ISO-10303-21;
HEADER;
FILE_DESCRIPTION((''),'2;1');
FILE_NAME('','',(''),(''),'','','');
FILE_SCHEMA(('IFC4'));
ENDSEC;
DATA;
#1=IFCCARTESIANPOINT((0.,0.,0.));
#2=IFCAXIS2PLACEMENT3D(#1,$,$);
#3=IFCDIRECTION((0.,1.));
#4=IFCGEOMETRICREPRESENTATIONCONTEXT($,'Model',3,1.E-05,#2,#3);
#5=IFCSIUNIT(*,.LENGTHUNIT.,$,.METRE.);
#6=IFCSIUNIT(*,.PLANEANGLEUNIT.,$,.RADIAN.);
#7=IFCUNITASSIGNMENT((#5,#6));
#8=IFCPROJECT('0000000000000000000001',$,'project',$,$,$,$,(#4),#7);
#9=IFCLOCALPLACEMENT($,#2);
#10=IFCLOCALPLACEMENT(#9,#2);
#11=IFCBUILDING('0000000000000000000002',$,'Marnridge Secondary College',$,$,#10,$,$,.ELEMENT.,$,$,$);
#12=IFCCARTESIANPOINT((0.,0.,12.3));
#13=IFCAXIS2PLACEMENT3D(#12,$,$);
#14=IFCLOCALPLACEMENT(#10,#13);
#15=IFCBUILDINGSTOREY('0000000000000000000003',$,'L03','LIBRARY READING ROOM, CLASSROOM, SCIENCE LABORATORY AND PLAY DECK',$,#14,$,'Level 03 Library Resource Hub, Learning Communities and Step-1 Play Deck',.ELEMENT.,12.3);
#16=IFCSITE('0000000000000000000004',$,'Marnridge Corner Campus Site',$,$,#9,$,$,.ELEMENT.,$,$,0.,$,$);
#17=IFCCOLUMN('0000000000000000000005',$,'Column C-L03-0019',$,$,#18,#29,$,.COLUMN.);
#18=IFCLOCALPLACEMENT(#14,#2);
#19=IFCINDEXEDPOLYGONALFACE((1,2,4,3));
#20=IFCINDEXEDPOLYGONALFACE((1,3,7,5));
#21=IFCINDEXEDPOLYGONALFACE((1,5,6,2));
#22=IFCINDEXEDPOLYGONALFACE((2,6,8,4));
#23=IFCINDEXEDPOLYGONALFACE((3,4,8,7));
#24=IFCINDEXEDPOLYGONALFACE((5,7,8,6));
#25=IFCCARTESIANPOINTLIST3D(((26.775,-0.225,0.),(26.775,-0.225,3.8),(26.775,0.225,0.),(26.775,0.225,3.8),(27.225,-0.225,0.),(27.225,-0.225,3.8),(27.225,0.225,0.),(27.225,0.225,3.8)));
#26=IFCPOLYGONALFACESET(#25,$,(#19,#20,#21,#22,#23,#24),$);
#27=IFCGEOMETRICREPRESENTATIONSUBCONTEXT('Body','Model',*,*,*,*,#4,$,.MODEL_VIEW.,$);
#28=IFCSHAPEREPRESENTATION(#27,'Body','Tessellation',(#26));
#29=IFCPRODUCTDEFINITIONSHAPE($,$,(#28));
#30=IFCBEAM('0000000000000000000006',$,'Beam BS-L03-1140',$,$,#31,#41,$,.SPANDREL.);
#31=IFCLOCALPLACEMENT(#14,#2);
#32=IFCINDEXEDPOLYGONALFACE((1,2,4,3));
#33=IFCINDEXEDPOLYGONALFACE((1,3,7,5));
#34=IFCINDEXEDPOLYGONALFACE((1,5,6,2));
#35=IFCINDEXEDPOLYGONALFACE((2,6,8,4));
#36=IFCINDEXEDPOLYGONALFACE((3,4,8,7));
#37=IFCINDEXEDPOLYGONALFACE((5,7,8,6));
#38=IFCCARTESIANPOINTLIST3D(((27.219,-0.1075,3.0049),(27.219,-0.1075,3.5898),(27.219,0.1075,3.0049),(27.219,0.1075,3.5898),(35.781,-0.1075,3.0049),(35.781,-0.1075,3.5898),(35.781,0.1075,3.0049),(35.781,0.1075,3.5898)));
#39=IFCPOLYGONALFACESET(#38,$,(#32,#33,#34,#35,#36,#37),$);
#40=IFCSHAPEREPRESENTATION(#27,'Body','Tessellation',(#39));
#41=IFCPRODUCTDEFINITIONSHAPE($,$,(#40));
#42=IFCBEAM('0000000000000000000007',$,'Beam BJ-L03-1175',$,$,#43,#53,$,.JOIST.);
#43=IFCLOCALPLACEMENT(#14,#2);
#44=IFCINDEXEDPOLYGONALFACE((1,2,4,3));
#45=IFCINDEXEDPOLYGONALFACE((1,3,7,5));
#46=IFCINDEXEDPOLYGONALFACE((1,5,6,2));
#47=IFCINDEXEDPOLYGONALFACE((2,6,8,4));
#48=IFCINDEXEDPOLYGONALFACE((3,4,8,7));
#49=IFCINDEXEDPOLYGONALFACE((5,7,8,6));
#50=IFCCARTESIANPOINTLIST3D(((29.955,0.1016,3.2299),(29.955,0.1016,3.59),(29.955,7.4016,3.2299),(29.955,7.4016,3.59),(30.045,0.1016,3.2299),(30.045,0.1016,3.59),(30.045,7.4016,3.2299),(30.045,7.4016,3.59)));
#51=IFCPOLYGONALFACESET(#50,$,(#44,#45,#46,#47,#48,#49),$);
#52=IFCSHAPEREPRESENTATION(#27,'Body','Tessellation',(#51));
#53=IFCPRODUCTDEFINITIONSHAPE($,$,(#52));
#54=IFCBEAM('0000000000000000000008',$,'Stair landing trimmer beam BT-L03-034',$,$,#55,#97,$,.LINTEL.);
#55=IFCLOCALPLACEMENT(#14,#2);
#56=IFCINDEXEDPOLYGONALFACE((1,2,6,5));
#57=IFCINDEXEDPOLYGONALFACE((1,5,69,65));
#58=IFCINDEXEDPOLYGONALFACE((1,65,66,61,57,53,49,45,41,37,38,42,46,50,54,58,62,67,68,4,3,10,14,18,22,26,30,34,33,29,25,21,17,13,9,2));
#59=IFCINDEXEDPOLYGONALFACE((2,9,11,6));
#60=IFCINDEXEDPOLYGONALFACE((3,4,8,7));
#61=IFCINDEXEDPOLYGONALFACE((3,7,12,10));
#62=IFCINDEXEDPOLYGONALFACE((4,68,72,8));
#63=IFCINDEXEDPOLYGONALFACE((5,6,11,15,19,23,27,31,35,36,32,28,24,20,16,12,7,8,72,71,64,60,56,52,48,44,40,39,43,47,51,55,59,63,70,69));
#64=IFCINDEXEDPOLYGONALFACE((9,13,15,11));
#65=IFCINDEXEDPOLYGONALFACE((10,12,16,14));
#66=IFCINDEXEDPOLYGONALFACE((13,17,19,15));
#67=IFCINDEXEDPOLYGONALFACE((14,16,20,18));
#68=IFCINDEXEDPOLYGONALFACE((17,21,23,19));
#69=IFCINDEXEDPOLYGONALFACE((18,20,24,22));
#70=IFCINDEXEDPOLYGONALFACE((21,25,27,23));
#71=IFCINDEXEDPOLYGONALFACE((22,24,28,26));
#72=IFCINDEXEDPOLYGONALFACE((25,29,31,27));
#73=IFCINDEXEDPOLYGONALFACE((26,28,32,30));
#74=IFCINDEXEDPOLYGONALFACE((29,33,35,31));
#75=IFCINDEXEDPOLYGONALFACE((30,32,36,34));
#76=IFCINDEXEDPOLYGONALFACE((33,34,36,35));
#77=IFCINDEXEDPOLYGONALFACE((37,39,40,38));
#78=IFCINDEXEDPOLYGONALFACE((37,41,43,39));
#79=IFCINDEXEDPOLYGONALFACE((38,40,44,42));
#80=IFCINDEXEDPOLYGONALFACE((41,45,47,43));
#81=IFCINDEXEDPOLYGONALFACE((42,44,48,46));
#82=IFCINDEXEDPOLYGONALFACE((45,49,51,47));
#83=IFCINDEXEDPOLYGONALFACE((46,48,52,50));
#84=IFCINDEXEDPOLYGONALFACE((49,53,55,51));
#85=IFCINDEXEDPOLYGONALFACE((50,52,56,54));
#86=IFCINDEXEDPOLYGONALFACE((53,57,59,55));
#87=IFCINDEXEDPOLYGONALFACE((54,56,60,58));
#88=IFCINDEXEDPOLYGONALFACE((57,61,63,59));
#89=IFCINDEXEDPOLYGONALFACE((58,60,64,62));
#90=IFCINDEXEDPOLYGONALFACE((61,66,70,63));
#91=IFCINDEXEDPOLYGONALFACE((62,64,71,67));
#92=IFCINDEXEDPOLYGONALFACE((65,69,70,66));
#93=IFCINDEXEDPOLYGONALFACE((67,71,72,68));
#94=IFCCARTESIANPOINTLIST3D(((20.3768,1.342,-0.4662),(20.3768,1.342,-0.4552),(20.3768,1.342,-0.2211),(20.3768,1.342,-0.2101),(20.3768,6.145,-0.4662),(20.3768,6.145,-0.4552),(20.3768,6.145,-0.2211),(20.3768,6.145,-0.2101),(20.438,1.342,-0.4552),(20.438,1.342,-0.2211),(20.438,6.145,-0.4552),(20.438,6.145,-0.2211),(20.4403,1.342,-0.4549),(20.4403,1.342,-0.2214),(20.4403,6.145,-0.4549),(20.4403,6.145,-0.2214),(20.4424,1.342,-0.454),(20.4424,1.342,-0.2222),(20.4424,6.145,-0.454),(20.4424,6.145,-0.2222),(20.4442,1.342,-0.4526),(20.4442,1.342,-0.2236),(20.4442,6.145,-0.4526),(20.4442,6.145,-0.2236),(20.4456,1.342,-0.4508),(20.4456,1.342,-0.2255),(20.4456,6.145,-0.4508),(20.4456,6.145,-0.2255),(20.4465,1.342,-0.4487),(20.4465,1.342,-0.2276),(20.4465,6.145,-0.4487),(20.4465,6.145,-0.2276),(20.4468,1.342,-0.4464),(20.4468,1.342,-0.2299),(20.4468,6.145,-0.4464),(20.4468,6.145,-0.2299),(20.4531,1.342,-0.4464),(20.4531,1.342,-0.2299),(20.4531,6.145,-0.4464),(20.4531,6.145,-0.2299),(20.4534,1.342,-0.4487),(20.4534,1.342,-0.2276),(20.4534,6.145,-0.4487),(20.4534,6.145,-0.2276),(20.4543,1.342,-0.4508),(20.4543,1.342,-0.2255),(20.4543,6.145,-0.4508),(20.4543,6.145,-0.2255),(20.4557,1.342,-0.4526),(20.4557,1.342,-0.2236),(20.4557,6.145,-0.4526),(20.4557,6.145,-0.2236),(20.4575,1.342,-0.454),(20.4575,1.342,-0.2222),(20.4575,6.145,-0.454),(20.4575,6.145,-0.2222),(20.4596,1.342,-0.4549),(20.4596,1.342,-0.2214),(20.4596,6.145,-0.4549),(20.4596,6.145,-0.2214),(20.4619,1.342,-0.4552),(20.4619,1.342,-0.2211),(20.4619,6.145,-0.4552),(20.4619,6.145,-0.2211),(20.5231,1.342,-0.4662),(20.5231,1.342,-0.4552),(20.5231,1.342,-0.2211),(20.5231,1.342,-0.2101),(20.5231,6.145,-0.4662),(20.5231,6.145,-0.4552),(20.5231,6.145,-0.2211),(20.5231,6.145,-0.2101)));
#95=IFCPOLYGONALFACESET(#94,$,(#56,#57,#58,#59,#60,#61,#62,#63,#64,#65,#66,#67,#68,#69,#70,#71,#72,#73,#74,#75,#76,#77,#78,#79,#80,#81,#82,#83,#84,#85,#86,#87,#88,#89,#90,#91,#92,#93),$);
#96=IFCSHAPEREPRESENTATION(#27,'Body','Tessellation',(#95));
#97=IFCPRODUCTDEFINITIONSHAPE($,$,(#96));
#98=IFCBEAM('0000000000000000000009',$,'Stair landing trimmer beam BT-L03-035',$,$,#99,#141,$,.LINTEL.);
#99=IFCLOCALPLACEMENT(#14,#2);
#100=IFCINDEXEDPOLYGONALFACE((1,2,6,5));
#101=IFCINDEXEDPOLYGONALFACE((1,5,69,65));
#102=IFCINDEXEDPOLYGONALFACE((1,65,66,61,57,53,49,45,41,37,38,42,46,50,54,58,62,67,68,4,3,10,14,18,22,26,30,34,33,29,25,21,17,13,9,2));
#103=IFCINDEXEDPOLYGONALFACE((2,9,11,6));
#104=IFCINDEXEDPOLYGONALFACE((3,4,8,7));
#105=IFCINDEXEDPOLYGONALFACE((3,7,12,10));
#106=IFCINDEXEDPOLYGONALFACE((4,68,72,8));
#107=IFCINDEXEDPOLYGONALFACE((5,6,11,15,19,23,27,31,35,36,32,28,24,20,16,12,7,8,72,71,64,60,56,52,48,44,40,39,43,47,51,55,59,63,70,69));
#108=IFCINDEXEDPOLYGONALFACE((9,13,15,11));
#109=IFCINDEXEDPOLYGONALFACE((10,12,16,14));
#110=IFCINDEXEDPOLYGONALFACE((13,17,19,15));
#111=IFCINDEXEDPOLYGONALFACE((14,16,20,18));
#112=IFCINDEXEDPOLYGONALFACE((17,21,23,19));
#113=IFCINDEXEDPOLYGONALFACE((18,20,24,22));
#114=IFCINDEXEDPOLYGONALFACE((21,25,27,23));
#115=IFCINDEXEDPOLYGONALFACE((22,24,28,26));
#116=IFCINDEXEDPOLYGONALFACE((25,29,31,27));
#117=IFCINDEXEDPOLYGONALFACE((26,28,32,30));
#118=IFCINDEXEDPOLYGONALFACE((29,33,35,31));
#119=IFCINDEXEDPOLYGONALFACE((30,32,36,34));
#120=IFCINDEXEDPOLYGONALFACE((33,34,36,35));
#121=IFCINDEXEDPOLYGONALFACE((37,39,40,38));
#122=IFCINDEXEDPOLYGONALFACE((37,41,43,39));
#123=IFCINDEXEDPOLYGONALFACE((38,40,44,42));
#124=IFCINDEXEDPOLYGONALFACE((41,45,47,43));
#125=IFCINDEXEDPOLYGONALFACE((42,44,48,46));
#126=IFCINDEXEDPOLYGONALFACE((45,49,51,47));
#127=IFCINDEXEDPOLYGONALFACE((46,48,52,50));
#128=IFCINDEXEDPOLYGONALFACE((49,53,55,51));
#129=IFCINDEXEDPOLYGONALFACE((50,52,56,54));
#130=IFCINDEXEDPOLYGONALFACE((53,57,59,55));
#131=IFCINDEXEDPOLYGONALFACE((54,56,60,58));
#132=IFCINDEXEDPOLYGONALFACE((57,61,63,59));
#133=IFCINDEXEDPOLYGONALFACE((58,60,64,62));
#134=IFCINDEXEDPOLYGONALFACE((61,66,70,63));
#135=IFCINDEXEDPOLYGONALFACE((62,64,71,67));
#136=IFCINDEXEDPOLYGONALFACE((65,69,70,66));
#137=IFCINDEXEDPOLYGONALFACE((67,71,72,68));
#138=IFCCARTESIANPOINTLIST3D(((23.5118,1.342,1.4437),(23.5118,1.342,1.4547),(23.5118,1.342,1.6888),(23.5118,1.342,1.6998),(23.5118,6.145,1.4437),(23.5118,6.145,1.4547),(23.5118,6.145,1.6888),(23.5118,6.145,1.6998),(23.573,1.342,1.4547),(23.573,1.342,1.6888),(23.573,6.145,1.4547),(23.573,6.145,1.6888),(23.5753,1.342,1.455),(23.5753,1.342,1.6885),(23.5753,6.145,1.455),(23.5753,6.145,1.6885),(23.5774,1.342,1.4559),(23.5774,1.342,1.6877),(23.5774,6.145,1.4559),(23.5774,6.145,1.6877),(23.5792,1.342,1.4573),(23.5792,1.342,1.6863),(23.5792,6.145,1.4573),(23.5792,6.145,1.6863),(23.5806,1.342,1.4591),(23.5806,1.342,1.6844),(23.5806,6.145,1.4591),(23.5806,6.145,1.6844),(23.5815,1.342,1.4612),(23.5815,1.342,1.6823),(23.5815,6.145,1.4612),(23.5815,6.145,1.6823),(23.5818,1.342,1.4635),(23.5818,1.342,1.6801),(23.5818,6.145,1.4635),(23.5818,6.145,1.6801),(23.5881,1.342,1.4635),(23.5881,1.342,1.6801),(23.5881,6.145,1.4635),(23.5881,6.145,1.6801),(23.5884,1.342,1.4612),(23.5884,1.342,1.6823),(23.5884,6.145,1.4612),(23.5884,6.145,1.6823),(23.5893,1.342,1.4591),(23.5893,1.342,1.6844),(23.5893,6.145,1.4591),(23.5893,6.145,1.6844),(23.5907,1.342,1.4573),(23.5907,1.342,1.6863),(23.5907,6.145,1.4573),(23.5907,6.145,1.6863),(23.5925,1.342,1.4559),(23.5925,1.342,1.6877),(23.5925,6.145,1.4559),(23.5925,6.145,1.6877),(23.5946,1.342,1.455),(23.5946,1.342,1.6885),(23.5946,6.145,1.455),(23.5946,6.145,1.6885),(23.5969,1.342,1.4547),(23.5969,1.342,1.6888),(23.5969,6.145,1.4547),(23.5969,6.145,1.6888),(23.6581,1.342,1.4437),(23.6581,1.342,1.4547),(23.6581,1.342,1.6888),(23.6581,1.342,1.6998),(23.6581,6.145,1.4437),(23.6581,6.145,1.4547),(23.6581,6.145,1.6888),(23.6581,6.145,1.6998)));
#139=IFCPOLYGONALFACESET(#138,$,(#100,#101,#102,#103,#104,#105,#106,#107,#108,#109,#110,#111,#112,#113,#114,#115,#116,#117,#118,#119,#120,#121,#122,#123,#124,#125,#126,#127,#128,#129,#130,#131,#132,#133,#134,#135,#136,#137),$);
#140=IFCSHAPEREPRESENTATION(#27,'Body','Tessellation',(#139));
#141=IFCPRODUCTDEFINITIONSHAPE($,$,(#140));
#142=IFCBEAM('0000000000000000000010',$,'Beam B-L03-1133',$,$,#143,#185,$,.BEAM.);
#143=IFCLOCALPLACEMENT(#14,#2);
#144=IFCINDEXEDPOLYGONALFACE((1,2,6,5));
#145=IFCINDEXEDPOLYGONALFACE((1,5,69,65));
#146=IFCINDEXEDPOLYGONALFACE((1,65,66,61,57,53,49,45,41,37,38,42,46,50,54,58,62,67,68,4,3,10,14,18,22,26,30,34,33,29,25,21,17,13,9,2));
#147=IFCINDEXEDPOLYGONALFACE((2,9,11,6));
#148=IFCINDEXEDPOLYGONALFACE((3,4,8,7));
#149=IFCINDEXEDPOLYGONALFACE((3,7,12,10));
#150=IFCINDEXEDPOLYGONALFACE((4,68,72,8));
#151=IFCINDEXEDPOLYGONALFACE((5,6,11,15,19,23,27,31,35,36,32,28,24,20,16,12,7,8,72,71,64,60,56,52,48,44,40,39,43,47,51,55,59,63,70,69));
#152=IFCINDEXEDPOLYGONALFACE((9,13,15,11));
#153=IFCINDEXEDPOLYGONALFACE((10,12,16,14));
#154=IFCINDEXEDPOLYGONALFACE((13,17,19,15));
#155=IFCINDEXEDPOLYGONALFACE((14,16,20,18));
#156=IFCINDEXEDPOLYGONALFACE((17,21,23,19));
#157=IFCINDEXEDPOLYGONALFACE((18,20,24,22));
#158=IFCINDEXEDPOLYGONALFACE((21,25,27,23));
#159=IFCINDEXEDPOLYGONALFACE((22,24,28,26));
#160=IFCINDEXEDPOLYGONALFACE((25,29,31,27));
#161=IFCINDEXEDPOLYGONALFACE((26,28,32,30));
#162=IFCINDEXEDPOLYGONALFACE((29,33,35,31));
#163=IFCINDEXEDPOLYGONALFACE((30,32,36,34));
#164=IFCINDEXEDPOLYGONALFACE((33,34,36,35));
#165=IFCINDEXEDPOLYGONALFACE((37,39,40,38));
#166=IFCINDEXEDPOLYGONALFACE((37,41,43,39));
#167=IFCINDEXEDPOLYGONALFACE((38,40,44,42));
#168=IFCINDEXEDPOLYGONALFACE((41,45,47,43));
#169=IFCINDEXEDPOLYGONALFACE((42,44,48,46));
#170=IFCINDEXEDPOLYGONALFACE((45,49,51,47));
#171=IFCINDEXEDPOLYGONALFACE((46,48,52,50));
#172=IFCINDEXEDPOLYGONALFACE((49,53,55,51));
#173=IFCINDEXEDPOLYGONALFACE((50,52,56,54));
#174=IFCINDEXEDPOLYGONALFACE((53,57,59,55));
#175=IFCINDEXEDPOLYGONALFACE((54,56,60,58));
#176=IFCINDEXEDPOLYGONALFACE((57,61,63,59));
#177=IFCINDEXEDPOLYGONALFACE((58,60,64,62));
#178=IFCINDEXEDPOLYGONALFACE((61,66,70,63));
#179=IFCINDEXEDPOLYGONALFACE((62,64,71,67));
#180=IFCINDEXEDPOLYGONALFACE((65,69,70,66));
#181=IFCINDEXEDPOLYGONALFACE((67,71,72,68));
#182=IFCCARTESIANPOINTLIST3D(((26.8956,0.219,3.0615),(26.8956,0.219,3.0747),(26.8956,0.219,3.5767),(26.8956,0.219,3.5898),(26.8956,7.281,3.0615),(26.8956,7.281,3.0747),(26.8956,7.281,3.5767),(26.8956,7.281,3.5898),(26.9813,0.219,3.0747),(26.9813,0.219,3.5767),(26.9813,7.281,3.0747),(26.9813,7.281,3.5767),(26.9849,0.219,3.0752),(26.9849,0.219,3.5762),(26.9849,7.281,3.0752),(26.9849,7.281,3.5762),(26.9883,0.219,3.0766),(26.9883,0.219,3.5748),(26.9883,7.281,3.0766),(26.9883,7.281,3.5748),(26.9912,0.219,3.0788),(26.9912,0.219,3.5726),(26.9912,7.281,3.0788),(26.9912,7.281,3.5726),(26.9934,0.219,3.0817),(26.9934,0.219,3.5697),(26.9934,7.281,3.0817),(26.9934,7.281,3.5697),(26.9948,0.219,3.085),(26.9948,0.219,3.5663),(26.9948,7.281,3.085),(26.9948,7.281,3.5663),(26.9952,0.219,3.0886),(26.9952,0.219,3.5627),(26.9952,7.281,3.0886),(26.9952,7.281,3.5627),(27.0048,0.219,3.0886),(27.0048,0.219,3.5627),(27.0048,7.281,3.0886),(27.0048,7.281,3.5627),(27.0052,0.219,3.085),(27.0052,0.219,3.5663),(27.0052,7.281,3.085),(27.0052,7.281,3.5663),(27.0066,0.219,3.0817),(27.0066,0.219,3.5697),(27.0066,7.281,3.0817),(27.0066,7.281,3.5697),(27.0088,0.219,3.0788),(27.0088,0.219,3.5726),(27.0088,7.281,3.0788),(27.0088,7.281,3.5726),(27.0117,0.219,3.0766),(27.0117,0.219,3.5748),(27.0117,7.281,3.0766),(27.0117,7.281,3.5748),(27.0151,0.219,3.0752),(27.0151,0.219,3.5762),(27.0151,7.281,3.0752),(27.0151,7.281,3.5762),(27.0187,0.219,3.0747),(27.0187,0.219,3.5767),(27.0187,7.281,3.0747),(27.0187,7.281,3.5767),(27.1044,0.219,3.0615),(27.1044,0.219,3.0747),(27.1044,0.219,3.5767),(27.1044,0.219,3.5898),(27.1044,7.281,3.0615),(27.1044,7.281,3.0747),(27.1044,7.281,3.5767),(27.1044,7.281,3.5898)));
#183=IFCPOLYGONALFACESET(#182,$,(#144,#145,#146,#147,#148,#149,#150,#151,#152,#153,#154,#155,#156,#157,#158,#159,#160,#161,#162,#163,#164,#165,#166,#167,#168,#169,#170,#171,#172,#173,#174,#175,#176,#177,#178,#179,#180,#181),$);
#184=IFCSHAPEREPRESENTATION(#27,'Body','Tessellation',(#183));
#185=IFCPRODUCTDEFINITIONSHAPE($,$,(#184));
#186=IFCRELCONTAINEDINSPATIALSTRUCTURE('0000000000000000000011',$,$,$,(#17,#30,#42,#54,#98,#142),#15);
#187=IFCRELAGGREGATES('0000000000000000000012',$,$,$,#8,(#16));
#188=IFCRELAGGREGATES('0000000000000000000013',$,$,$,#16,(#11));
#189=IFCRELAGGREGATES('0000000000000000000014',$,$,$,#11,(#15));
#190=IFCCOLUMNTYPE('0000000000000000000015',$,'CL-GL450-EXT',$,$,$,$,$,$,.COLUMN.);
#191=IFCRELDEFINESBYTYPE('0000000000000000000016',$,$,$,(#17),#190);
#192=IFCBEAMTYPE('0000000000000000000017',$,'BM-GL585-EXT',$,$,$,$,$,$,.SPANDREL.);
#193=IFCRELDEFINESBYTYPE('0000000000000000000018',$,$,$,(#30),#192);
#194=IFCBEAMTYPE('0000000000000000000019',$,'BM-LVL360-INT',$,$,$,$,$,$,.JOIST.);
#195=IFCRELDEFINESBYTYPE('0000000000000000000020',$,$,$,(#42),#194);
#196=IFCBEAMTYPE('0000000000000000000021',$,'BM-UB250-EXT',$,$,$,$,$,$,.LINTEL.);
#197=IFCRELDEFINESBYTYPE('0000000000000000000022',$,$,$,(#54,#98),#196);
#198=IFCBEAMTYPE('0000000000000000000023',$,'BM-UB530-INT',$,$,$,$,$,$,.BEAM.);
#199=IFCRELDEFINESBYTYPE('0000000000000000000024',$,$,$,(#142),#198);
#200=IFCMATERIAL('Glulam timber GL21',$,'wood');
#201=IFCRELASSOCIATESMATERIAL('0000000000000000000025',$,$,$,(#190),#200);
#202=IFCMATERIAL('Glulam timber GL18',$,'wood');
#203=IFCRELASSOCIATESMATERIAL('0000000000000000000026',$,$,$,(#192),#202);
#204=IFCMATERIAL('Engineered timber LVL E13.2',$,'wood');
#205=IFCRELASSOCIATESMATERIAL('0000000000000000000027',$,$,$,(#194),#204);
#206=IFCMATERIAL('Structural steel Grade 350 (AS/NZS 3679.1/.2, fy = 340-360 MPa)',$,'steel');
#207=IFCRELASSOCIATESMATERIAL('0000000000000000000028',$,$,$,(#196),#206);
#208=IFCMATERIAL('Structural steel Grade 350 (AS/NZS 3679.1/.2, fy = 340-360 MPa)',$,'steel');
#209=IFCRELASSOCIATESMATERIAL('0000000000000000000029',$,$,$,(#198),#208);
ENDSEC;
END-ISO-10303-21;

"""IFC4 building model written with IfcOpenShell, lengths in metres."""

from ifc_helpers import new_model, si_unit, direction, frame, origin, origin_2d, place, context, subcontext, project, spatial, rectangle, i_section, extrude, material, material_profile, profile_set, type_object, element, save


model = new_model("IFC4")

# Units and contexts
model_context = context("Model", 3, precision=1e-05, world=origin(), true_north=direction((0.0, 1.0)))
body_context = subcontext(model_context, "Body", "Model", "MODEL_VIEW")
ifc_project = project(units=[si_unit("LENGTHUNIT", "METRE"), si_unit("PLANEANGLEUNIT", "RADIAN")], contexts=[model_context])

# Site, building, storey
site_placement = place(None, origin())
site = spatial("IfcSite", under=ifc_project, at=site_placement, Name="Marnridge Corner Campus Site", CompositionType="ELEMENT", RefElevation=0.0)
building_placement = place(site_placement, origin())
building = spatial("IfcBuilding", under=site, at=building_placement, Name="Marnridge Secondary College", CompositionType="ELEMENT")
storey_placement = place(building_placement, frame((0.0, 0.0, 12.3)))
storey = spatial("IfcBuildingStorey", under=building, at=storey_placement, Name="L03", Description="LIBRARY READING ROOM, CLASSROOM, SCIENCE LABORATORY AND PLAY DECK", LongName="Level 03 Library Resource Hub, Learning Communities and Step-1 Play Deck", CompositionType="ELEMENT", Elevation=12.3)

# Column
ifc_material_1 = material(Name="Glulam timber GL21", Category="wood")
ifc_material_profile_1 = material_profile(ifc_material_1, rectangle(XDim=0.45, YDim=0.45, at=origin_2d()), Name="GL21 450x450")
ifc_profile_set_1 = profile_set([ifc_material_profile_1], Name="Glulam timber GL21")
column_type = type_object("IfcColumnType", Name="CL-GL450-EXT", PredefinedType="COLUMN", material=ifc_profile_set_1)
column_placement = place(storey_placement, frame((27.0, 0.0, 0.0), z_axis=(0.0, 0.0, 1.0), x_axis=(1.0, 0.0, 0.0)))
element("IfcColumn", 1, at=column_placement, inside=storey, type_object=column_type, Name="Column C-L03-0019", PredefinedType="COLUMN", context=body_context, shape_type="SweptSolid", body=[
    extrude(rectangle(XDim=0.45, YDim=0.45, at=origin_2d()), origin(), (0.0, 0.0, 1.0), 3.8),
])

# Beams
ifc_material_2 = material(Name="Glulam timber GL18", Category="wood")
ifc_material_profile_2 = material_profile(ifc_material_2, rectangle(XDim=0.2151, YDim=0.585, at=origin_2d()), Name="GL18 215x585")
ifc_profile_set_2 = profile_set([ifc_material_profile_2], Name="Glulam timber GL18")
beam_type_1 = type_object("IfcBeamType", Name="BM-GL585-EXT", PredefinedType="SPANDREL", material=ifc_profile_set_2)
beam_1_placement = place(storey_placement, frame((27.219, 0.0, 3.2974), z_axis=(1.0, 0.0, 0.0), x_axis=(0.0, 1.0, 0.0)))
element("IfcBeam", 2, at=beam_1_placement, inside=storey, type_object=beam_type_1, Name="Beam BS-L03-1140", PredefinedType="SPANDREL", context=body_context, shape_type="SweptSolid", body=[
    extrude(rectangle(XDim=0.2151, YDim=0.585, at=origin_2d()), origin(), (0.0, 0.0, 1.0), 8.562),
])
ifc_material_3 = material(Name="Engineered timber LVL E13.2", Category="wood")
ifc_material_profile_3 = material_profile(ifc_material_3, rectangle(XDim=0.0901, YDim=0.3601, at=origin_2d()), Name="LVL 90x360")
ifc_profile_set_3 = profile_set([ifc_material_profile_3], Name="Engineered timber LVL E13.2")
beam_type_2 = type_object("IfcBeamType", Name="BM-LVL360-INT", PredefinedType="JOIST", material=ifc_profile_set_3)
beam_2_placement = place(storey_placement, frame((30.0, 0.1016, 3.4099), z_axis=(0.0, 1.0, 0.0), x_axis=(-1.0, 0.0, 0.0)))
element("IfcBeam", 3, at=beam_2_placement, inside=storey, type_object=beam_type_2, Name="Beam BJ-L03-1175", PredefinedType="JOIST", context=body_context, shape_type="SweptSolid", body=[
    extrude(rectangle(XDim=0.0901, YDim=0.3601, at=origin_2d()), origin(), (0.0, 0.0, 1.0), 7.3),
])
ifc_material_4 = material(Name="Structural steel Grade 350 (AS/NZS 3679.1/.2, fy = 340-360 MPa)", Category="steel")
ifc_material_profile_4 = material_profile(ifc_material_4, i_section(OverallWidth=0.1462, OverallDepth=0.2561, WebThickness=0.0063, FlangeThickness=0.011, FilletRadius=0.0088, at=origin_2d()), Name="250UB37.3")
ifc_profile_set_4 = profile_set([ifc_material_profile_4], Name="Structural steel Grade 350 (AS/NZS 3679.1/.2, fy = 340-360 MPa)")
beam_type_3 = type_object("IfcBeamType", Name="BM-UB250-EXT", PredefinedType="LINTEL", material=ifc_profile_set_4)
for number, where, z_axis, x_axis, name in (
    (4, (20.45, 1.342, -0.3381), (0.0, 1.0, 0.0), (-1.0, 0.0, 0.0), "Stair landing trimmer beam BT-L03-034"),
    (5, (23.585, 1.342, 1.5718), (0.0, 1.0, 0.0), (-1.0, 0.0, 0.0), "Stair landing trimmer beam BT-L03-035"),
):
    element("IfcBeam", number, at=place(storey_placement, frame(where, z_axis=z_axis, x_axis=x_axis)), inside=storey, type_object=beam_type_3, Name=name, PredefinedType="LINTEL", context=body_context, shape_type="SweptSolid", body=[
        extrude(i_section(OverallWidth=0.1462, OverallDepth=0.2561, WebThickness=0.0063, FlangeThickness=0.011, FilletRadius=0.0088, at=origin_2d()), origin(), (0.0, 0.0, 1.0), 4.803),
    ])
ifc_material_5 = material(Name="Structural steel Grade 350 (AS/NZS 3679.1/.2, fy = 340-360 MPa)", Category="steel")
ifc_material_profile_5 = material_profile(ifc_material_5, i_section(OverallWidth=0.2087, OverallDepth=0.5283, WebThickness=0.0095, FlangeThickness=0.0132, FilletRadius=0.0139, at=origin_2d()), Name="530UB82.0")
ifc_profile_set_5 = profile_set([ifc_material_profile_5], Name="Structural steel Grade 350 (AS/NZS 3679.1/.2, fy = 340-360 MPa)")
beam_type_4 = type_object("IfcBeamType", Name="BM-UB530-INT", PredefinedType="BEAM", material=ifc_profile_set_5)
beam_3_placement = place(storey_placement, frame((27.0, 0.219, 3.3257), z_axis=(0.0, 1.0, 0.0), x_axis=(-1.0, 0.0, 0.0)))
element("IfcBeam", 6, at=beam_3_placement, inside=storey, type_object=beam_type_4, Name="Beam B-L03-1133", PredefinedType="BEAM", context=body_context, shape_type="SweptSolid", body=[
    extrude(i_section(OverallWidth=0.2087, OverallDepth=0.5283, WebThickness=0.0095, FlangeThickness=0.0132, FilletRadius=0.0139, at=origin_2d()), origin(), (0.0, 0.0, 1.0), 7.062),
])

save(model, "model.ifc")
